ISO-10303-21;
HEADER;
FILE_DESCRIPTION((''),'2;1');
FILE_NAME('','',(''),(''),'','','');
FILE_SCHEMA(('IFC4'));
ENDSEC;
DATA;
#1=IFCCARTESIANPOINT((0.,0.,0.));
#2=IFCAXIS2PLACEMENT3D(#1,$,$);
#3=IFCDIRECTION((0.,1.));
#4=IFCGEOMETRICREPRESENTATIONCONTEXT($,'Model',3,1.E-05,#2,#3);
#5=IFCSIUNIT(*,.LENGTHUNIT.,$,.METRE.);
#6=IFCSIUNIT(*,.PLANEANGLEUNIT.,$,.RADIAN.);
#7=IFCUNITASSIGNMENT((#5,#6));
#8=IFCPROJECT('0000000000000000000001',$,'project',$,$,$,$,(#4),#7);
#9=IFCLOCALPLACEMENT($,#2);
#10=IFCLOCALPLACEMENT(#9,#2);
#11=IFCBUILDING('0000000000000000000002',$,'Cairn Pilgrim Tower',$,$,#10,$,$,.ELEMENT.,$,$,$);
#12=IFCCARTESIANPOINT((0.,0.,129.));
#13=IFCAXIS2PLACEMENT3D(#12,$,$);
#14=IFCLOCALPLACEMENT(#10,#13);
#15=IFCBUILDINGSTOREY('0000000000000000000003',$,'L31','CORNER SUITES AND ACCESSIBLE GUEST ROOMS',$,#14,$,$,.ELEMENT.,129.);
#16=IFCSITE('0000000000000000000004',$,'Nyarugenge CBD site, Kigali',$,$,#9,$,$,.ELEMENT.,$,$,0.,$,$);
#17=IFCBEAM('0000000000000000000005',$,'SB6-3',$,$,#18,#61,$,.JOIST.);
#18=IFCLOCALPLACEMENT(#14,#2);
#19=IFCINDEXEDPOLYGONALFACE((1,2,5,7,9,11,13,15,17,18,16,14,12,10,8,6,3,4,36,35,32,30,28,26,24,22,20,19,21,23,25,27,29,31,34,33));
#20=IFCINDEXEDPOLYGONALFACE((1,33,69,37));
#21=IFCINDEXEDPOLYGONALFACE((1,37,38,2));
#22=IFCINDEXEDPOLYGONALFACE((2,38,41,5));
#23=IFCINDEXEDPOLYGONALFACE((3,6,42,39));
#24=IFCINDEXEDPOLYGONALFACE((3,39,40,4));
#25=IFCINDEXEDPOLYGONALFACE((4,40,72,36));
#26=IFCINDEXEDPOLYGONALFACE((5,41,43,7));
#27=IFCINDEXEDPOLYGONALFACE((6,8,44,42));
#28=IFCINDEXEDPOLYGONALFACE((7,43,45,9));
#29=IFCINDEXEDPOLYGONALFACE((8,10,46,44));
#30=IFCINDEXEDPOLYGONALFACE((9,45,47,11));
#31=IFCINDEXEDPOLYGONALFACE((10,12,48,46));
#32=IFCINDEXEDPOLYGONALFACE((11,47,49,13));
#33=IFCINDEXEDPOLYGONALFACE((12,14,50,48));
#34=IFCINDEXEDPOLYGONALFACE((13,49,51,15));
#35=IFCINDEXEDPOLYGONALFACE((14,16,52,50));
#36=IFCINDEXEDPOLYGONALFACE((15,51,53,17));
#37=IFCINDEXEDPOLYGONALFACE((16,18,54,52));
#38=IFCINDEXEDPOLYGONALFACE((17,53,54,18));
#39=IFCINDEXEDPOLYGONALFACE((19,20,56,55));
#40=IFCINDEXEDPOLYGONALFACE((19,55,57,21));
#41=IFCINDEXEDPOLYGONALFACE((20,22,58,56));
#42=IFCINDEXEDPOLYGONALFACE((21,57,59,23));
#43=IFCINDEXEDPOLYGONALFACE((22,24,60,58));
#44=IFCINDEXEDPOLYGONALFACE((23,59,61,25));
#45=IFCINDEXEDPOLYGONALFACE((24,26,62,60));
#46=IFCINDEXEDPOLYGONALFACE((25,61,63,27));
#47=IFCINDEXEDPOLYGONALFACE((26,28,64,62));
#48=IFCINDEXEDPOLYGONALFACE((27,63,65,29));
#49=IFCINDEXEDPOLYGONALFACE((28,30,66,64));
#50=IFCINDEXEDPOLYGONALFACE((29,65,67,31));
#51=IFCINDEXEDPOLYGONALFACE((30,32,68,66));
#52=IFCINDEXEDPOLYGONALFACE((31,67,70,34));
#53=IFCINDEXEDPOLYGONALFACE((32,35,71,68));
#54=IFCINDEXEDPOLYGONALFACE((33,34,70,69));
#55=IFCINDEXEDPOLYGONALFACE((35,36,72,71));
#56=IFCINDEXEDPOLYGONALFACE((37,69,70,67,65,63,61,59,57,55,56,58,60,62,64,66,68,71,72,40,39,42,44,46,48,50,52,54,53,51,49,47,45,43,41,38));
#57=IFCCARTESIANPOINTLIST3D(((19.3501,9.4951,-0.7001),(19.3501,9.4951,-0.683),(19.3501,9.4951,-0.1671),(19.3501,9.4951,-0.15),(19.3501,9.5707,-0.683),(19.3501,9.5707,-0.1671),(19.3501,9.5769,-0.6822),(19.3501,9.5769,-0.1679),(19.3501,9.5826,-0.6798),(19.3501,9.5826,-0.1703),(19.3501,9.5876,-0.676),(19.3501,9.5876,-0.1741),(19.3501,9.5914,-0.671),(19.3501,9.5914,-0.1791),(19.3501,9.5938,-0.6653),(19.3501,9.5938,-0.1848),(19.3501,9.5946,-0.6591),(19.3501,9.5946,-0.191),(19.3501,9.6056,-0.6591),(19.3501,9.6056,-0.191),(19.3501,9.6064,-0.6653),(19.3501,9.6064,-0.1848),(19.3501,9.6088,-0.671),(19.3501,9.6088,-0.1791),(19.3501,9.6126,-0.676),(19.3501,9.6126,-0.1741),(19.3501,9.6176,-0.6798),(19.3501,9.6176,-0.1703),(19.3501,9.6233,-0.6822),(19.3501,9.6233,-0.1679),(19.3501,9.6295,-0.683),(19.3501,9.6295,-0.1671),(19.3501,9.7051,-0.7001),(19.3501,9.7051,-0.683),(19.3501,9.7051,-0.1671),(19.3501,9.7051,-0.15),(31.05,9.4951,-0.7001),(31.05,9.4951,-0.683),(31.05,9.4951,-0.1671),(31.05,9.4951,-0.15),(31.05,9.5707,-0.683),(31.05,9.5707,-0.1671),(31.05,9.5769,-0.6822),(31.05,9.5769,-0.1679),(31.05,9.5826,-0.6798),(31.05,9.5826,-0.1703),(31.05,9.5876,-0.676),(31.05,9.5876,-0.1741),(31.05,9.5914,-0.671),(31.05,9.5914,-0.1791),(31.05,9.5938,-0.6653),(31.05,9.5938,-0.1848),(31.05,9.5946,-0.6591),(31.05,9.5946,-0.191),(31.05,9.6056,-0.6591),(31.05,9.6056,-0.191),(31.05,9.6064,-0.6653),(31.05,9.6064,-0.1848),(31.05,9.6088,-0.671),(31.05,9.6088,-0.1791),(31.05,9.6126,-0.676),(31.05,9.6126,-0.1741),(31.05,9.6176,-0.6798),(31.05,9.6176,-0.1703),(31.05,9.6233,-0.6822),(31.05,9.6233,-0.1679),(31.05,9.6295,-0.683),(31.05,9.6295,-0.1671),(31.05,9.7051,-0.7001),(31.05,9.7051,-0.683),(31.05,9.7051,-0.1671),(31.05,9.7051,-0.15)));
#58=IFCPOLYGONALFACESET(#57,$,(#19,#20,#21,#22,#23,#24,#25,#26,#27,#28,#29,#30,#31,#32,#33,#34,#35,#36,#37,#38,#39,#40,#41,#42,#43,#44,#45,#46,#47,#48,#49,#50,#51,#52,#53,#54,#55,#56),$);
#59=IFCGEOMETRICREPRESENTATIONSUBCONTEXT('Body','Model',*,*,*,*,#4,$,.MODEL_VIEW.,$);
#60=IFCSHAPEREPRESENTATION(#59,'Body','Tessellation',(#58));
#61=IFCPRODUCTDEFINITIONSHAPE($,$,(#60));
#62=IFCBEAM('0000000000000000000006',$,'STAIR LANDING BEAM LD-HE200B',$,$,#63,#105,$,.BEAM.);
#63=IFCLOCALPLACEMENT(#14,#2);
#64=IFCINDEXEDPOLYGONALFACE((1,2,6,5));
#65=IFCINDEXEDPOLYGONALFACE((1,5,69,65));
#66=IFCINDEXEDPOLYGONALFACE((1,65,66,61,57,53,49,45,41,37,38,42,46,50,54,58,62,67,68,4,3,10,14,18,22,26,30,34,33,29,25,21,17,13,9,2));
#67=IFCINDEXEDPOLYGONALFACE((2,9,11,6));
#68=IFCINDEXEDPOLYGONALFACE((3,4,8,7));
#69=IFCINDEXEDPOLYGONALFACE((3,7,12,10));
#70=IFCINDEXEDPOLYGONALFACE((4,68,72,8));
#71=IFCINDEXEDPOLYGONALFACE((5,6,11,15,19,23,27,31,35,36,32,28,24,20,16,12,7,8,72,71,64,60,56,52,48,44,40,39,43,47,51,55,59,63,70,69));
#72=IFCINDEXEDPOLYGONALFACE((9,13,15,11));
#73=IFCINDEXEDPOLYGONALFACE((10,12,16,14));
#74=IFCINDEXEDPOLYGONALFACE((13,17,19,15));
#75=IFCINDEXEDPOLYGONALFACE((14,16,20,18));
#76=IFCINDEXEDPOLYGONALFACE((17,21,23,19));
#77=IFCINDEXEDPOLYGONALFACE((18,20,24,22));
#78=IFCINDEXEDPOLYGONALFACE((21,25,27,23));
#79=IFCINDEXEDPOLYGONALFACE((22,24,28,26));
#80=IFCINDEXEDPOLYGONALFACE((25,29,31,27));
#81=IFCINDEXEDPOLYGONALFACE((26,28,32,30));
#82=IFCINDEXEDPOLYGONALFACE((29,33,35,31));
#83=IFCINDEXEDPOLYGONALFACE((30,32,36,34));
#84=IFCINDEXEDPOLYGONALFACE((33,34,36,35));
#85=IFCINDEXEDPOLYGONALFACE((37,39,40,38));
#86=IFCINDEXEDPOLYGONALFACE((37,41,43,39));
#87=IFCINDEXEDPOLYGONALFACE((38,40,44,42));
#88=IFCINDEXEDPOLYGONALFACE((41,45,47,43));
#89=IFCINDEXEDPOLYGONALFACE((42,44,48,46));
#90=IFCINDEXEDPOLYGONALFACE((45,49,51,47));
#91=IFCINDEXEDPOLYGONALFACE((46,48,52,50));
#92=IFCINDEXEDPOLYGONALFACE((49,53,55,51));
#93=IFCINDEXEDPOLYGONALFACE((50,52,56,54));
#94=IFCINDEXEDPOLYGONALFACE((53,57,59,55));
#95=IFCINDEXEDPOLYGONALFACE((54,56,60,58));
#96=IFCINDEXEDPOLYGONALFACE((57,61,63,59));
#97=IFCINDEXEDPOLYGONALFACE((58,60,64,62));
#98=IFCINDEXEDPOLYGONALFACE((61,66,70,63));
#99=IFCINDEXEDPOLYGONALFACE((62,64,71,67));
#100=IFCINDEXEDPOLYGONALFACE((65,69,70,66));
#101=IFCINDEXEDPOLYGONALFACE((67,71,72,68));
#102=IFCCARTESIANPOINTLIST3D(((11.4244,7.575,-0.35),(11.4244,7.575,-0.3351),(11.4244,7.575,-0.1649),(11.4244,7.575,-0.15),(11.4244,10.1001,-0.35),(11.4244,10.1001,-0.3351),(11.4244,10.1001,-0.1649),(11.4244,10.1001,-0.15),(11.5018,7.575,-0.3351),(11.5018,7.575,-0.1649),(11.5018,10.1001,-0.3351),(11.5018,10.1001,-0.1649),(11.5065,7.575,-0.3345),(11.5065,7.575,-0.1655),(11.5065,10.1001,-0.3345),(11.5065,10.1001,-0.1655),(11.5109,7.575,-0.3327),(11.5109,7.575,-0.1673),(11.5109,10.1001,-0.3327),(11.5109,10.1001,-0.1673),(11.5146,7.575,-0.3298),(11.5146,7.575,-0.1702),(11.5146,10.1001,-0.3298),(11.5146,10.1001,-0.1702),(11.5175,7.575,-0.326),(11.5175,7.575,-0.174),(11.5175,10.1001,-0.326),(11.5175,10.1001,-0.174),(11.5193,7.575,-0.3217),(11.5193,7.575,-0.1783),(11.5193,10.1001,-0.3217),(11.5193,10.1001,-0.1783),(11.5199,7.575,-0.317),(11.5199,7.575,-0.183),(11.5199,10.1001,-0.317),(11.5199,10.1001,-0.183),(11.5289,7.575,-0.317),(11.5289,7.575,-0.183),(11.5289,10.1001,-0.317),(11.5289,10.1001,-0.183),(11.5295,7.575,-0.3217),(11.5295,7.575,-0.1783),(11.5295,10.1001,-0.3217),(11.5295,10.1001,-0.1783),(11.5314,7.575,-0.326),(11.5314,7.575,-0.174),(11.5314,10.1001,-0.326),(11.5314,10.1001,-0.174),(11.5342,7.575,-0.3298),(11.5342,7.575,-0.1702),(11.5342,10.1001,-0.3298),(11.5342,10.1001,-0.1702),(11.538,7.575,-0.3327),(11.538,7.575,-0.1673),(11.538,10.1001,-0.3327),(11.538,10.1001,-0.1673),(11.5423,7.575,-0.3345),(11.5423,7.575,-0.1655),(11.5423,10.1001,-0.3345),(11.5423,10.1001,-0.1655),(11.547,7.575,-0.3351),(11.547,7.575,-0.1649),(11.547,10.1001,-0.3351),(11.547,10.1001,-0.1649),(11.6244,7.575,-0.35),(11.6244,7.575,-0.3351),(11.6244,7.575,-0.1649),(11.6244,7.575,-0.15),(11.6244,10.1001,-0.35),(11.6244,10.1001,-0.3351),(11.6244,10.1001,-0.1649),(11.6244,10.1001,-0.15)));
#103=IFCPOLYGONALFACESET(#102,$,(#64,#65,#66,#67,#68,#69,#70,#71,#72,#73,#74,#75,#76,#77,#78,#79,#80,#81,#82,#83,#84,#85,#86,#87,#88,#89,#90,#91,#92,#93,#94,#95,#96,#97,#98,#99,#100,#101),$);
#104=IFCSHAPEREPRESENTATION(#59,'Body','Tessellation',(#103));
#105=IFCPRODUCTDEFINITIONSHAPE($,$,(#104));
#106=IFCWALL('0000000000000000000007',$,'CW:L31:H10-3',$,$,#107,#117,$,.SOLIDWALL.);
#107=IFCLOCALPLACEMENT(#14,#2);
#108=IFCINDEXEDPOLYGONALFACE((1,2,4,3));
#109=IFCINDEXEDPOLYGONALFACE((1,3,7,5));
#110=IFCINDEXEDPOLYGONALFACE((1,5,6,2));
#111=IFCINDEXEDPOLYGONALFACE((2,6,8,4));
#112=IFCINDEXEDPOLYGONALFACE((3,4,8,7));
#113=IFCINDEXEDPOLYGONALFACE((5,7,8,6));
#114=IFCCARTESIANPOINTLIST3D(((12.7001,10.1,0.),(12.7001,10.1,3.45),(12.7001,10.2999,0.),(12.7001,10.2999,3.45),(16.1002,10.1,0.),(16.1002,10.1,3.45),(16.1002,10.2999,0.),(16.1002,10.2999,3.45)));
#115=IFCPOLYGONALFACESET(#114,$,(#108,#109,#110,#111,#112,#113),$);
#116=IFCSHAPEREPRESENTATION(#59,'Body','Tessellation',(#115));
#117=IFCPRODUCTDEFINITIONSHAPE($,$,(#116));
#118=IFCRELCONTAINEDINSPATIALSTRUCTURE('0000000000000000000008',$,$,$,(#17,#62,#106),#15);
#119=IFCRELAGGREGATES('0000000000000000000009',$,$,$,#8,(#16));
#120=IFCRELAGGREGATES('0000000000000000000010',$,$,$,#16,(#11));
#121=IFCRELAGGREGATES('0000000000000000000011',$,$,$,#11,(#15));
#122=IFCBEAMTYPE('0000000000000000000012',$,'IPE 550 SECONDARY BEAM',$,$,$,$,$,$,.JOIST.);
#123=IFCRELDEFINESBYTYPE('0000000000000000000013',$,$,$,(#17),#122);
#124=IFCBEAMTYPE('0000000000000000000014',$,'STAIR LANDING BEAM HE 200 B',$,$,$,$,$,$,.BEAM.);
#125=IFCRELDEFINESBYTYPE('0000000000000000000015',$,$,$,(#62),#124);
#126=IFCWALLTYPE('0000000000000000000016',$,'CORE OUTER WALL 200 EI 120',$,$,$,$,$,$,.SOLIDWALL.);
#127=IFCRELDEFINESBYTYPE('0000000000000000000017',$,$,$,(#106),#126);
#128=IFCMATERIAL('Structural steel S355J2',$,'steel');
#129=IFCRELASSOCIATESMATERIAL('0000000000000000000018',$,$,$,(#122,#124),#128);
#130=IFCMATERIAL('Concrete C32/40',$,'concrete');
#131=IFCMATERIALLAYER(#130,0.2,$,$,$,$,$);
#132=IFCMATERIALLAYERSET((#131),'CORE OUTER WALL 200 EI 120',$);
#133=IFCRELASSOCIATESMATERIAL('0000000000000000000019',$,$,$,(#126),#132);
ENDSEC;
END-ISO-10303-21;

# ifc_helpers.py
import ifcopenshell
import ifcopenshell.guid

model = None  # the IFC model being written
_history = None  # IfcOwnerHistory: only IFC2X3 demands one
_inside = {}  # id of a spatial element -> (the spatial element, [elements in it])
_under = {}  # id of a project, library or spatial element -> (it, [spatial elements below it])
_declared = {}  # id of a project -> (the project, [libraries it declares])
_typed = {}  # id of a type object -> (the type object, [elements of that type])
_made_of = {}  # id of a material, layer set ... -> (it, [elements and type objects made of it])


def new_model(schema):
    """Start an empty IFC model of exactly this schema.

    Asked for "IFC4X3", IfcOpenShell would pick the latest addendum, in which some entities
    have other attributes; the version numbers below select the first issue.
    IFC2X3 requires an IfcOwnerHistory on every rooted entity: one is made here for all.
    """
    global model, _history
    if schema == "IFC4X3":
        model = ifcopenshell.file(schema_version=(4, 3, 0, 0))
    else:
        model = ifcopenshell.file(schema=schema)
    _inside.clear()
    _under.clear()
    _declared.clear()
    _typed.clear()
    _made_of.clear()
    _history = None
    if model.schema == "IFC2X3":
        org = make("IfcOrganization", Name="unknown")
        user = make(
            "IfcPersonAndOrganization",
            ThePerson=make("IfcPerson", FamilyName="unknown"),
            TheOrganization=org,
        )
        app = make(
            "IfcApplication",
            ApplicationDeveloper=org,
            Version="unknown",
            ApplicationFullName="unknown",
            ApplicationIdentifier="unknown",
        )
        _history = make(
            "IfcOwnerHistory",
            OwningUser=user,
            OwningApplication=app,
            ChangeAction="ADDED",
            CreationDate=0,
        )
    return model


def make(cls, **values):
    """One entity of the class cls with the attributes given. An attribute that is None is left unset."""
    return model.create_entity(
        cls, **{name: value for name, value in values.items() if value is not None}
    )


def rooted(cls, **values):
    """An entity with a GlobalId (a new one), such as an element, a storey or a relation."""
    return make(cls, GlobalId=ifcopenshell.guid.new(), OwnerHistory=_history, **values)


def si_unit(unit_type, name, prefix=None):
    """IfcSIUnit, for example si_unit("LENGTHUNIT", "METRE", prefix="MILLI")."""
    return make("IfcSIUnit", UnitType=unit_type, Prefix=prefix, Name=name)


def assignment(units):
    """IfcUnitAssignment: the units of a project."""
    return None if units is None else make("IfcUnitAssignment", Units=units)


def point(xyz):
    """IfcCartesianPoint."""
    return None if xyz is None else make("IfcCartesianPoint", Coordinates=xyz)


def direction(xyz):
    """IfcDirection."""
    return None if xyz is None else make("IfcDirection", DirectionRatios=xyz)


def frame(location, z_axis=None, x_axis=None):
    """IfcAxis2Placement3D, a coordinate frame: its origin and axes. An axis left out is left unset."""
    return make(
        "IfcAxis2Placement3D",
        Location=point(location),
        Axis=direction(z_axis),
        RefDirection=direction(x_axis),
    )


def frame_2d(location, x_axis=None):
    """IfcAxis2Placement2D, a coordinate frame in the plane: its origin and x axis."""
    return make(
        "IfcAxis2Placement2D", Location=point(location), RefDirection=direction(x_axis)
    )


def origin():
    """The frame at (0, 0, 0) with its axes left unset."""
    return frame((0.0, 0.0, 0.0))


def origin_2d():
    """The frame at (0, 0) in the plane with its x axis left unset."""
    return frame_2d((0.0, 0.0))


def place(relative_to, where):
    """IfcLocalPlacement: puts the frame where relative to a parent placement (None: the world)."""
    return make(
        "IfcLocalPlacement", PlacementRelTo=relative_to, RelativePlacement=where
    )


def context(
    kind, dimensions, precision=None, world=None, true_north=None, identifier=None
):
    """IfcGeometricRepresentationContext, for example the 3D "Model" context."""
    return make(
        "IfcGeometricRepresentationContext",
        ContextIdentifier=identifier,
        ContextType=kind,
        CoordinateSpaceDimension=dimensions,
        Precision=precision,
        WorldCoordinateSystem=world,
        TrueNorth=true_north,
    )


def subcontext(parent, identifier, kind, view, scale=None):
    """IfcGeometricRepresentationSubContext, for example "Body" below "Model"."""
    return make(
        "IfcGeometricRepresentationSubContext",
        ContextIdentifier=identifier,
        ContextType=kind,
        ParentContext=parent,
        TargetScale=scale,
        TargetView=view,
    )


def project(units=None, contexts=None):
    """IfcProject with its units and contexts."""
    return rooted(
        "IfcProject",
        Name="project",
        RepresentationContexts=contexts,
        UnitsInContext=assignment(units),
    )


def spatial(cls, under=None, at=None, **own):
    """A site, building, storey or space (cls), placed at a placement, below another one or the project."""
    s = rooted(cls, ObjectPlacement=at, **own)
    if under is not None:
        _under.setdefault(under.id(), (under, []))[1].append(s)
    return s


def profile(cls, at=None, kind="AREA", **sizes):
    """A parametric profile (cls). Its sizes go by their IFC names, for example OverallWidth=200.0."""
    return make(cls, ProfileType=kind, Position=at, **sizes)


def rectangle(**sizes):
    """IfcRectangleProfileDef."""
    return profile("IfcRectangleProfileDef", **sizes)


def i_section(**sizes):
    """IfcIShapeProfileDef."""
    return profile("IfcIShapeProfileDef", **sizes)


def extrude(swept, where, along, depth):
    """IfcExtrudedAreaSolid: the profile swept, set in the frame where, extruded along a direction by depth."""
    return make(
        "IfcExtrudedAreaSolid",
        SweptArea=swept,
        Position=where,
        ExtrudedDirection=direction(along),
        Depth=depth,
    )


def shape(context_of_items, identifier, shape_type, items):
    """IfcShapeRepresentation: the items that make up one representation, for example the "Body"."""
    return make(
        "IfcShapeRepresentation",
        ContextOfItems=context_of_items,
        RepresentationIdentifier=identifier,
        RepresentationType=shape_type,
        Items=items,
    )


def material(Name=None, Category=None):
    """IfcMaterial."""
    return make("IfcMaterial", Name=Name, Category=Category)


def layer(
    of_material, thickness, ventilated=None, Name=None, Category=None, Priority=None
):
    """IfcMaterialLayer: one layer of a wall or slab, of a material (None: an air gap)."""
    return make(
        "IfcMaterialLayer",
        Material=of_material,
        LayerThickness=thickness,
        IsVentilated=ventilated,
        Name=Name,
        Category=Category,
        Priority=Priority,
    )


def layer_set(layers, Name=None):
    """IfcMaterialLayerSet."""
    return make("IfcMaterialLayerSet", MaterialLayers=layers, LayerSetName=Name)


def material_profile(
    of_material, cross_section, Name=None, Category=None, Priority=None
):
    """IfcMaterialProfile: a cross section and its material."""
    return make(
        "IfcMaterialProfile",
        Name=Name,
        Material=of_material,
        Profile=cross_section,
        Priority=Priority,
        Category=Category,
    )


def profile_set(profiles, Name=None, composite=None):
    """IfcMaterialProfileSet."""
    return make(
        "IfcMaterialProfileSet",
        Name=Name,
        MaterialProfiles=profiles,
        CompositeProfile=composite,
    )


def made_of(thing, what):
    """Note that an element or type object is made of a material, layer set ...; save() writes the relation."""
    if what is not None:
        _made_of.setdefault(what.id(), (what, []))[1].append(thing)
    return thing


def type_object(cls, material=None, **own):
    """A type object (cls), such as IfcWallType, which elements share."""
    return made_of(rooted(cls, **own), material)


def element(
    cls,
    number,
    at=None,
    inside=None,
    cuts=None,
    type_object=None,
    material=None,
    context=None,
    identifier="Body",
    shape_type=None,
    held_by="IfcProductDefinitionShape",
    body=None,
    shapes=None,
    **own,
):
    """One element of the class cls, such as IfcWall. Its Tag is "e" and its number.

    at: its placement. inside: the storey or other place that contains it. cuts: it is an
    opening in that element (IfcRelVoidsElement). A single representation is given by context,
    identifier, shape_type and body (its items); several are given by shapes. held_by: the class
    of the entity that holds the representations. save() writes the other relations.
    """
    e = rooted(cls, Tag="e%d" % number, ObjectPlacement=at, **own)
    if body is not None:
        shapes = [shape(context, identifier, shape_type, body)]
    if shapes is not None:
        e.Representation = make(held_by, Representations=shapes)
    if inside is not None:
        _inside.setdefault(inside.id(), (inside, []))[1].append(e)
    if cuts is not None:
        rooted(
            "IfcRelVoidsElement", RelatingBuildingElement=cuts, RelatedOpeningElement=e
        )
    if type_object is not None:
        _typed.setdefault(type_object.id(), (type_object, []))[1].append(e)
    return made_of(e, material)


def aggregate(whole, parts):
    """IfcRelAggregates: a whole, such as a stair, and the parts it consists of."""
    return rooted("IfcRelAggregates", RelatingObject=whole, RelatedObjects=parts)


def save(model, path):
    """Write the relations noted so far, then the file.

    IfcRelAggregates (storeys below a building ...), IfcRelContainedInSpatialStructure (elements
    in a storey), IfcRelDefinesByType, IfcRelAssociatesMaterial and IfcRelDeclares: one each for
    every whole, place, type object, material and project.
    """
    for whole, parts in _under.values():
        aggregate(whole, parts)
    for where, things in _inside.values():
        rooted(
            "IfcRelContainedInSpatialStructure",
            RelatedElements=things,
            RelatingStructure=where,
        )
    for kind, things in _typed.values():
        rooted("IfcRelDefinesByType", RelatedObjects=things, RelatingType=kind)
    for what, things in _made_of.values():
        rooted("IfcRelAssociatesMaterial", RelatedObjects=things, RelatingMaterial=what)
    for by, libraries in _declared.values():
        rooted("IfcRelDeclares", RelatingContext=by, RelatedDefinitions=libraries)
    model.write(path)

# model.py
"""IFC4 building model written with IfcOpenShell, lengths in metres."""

from ifc_helpers import new_model, si_unit, direction, frame, frame_2d, origin, origin_2d, place, context, subcontext, project, spatial, rectangle, i_section, extrude, material, layer, layer_set, material_profile, profile_set, type_object, element, save


model = new_model("IFC4")

# Units and contexts
model_context = context("Model", 3, precision=1e-05, world=origin(), true_north=direction((0.0, 1.0)))
body_context = subcontext(model_context, "Body", "Model", "MODEL_VIEW")
ifc_project = project(units=[si_unit("LENGTHUNIT", "METRE"), si_unit("PLANEANGLEUNIT", "RADIAN")], contexts=[model_context])

# Site, building, storey
site_placement = place(None, origin())
site = spatial("IfcSite", under=ifc_project, at=site_placement, Name="Nyarugenge CBD site, Kigali", CompositionType="ELEMENT", RefElevation=0.0)
building_placement = place(site_placement, origin())
building = spatial("IfcBuilding", under=site, at=building_placement, Name="Cairn Pilgrim Tower", CompositionType="ELEMENT")
storey_placement = place(building_placement, frame((0.0, 0.0, 129.0)))
storey = spatial("IfcBuildingStorey", under=building, at=storey_placement, Name="L31", Description="CORNER SUITES AND ACCESSIBLE GUEST ROOMS", CompositionType="ELEMENT", Elevation=129.0)

# Beams
ifc_material_1 = material(Name="Structural steel S355J2", Category="steel")
ifc_material_profile_1 = material_profile(ifc_material_1, i_section(OverallWidth=0.21, OverallDepth=0.55, WebThickness=0.011, FlangeThickness=0.0171, FilletRadius=0.0239, at=origin_2d()), Name="IPE 550")
ifc_profile_set_1 = profile_set([ifc_material_profile_1], Name="Structural steel S355J2")
beam_type_1 = type_object("IfcBeamType", Name="IPE 550 SECONDARY BEAM", PredefinedType="JOIST", material=ifc_profile_set_1)
for number, where, z_axis, x_axis, name in (
    (1, (19.3501, 9.6001, -0.425), (1.0, 0.0, 0.0), (0.0, 1.0, 0.0), "SB6-3"),
):
    element("IfcBeam", number, at=place(storey_placement, frame(where, z_axis=z_axis, x_axis=x_axis)), inside=storey, type_object=beam_type_1, Name=name, PredefinedType="JOIST", context=body_context, shape_type="SweptSolid", body=[
        extrude(i_section(OverallWidth=0.21, OverallDepth=0.55, WebThickness=0.011, FlangeThickness=0.0171, FilletRadius=0.0239, at=origin_2d()), origin(), (0.0, 0.0, 1.0), 11.7),
    ])
ifc_material_profile_2 = material_profile(ifc_material_1, i_section(OverallWidth=0.2, OverallDepth=0.2, WebThickness=0.009, FlangeThickness=0.0149, FilletRadius=0.0181, at=origin_2d()), Name="HE 200 B")
ifc_profile_set_2 = profile_set([ifc_material_profile_2], Name="Structural steel S355J2")
beam_type_2 = type_object("IfcBeamType", Name="STAIR LANDING BEAM HE 200 B", PredefinedType="BEAM", material=ifc_profile_set_2)
beam_1_placement = place(storey_placement, frame((11.5244, 10.1001, -0.25), z_axis=(0.0, -1.0, 0.0), x_axis=(1.0, 0.0, 0.0)))
element("IfcBeam", 2, at=beam_1_placement, inside=storey, type_object=beam_type_2, Name="STAIR LANDING BEAM LD-HE200B", PredefinedType="BEAM", context=body_context, shape_type="SweptSolid", body=[
    extrude(i_section(OverallWidth=0.2, OverallDepth=0.2, WebThickness=0.009, FlangeThickness=0.0149, FilletRadius=0.0181, at=origin_2d()), origin(), (0.0, 0.0, 1.0), 2.5251),
])

# Wall
ifc_material_2 = material(Name="Concrete C32/40", Category="concrete")
ifc_layer_1 = layer(ifc_material_2, 0.2)
ifc_layer_set_1 = layer_set([ifc_layer_1], Name="CORE OUTER WALL 200 EI 120")
wall_type_1 = type_object("IfcWallType", Name="CORE OUTER WALL 200 EI 120", PredefinedType="SOLIDWALL", material=ifc_layer_set_1)
wall_1_placement = place(storey_placement, frame((12.7, 10.2, 0.0), z_axis=(0.0, 0.0, 1.0), x_axis=(1.0, 0.0, 0.0)))
element("IfcWall", 3, at=wall_1_placement, inside=storey, type_object=wall_type_1, Name="CW:L31:H10-3", PredefinedType="SOLIDWALL", context=body_context, shape_type="SweptSolid", body=[
    extrude(rectangle(XDim=3.4001, YDim=0.2, at=frame_2d((1.7002, 0.0))), origin(), (0.0, 0.0, 1.0), 3.45),
])

save(model, "model.ifc")
